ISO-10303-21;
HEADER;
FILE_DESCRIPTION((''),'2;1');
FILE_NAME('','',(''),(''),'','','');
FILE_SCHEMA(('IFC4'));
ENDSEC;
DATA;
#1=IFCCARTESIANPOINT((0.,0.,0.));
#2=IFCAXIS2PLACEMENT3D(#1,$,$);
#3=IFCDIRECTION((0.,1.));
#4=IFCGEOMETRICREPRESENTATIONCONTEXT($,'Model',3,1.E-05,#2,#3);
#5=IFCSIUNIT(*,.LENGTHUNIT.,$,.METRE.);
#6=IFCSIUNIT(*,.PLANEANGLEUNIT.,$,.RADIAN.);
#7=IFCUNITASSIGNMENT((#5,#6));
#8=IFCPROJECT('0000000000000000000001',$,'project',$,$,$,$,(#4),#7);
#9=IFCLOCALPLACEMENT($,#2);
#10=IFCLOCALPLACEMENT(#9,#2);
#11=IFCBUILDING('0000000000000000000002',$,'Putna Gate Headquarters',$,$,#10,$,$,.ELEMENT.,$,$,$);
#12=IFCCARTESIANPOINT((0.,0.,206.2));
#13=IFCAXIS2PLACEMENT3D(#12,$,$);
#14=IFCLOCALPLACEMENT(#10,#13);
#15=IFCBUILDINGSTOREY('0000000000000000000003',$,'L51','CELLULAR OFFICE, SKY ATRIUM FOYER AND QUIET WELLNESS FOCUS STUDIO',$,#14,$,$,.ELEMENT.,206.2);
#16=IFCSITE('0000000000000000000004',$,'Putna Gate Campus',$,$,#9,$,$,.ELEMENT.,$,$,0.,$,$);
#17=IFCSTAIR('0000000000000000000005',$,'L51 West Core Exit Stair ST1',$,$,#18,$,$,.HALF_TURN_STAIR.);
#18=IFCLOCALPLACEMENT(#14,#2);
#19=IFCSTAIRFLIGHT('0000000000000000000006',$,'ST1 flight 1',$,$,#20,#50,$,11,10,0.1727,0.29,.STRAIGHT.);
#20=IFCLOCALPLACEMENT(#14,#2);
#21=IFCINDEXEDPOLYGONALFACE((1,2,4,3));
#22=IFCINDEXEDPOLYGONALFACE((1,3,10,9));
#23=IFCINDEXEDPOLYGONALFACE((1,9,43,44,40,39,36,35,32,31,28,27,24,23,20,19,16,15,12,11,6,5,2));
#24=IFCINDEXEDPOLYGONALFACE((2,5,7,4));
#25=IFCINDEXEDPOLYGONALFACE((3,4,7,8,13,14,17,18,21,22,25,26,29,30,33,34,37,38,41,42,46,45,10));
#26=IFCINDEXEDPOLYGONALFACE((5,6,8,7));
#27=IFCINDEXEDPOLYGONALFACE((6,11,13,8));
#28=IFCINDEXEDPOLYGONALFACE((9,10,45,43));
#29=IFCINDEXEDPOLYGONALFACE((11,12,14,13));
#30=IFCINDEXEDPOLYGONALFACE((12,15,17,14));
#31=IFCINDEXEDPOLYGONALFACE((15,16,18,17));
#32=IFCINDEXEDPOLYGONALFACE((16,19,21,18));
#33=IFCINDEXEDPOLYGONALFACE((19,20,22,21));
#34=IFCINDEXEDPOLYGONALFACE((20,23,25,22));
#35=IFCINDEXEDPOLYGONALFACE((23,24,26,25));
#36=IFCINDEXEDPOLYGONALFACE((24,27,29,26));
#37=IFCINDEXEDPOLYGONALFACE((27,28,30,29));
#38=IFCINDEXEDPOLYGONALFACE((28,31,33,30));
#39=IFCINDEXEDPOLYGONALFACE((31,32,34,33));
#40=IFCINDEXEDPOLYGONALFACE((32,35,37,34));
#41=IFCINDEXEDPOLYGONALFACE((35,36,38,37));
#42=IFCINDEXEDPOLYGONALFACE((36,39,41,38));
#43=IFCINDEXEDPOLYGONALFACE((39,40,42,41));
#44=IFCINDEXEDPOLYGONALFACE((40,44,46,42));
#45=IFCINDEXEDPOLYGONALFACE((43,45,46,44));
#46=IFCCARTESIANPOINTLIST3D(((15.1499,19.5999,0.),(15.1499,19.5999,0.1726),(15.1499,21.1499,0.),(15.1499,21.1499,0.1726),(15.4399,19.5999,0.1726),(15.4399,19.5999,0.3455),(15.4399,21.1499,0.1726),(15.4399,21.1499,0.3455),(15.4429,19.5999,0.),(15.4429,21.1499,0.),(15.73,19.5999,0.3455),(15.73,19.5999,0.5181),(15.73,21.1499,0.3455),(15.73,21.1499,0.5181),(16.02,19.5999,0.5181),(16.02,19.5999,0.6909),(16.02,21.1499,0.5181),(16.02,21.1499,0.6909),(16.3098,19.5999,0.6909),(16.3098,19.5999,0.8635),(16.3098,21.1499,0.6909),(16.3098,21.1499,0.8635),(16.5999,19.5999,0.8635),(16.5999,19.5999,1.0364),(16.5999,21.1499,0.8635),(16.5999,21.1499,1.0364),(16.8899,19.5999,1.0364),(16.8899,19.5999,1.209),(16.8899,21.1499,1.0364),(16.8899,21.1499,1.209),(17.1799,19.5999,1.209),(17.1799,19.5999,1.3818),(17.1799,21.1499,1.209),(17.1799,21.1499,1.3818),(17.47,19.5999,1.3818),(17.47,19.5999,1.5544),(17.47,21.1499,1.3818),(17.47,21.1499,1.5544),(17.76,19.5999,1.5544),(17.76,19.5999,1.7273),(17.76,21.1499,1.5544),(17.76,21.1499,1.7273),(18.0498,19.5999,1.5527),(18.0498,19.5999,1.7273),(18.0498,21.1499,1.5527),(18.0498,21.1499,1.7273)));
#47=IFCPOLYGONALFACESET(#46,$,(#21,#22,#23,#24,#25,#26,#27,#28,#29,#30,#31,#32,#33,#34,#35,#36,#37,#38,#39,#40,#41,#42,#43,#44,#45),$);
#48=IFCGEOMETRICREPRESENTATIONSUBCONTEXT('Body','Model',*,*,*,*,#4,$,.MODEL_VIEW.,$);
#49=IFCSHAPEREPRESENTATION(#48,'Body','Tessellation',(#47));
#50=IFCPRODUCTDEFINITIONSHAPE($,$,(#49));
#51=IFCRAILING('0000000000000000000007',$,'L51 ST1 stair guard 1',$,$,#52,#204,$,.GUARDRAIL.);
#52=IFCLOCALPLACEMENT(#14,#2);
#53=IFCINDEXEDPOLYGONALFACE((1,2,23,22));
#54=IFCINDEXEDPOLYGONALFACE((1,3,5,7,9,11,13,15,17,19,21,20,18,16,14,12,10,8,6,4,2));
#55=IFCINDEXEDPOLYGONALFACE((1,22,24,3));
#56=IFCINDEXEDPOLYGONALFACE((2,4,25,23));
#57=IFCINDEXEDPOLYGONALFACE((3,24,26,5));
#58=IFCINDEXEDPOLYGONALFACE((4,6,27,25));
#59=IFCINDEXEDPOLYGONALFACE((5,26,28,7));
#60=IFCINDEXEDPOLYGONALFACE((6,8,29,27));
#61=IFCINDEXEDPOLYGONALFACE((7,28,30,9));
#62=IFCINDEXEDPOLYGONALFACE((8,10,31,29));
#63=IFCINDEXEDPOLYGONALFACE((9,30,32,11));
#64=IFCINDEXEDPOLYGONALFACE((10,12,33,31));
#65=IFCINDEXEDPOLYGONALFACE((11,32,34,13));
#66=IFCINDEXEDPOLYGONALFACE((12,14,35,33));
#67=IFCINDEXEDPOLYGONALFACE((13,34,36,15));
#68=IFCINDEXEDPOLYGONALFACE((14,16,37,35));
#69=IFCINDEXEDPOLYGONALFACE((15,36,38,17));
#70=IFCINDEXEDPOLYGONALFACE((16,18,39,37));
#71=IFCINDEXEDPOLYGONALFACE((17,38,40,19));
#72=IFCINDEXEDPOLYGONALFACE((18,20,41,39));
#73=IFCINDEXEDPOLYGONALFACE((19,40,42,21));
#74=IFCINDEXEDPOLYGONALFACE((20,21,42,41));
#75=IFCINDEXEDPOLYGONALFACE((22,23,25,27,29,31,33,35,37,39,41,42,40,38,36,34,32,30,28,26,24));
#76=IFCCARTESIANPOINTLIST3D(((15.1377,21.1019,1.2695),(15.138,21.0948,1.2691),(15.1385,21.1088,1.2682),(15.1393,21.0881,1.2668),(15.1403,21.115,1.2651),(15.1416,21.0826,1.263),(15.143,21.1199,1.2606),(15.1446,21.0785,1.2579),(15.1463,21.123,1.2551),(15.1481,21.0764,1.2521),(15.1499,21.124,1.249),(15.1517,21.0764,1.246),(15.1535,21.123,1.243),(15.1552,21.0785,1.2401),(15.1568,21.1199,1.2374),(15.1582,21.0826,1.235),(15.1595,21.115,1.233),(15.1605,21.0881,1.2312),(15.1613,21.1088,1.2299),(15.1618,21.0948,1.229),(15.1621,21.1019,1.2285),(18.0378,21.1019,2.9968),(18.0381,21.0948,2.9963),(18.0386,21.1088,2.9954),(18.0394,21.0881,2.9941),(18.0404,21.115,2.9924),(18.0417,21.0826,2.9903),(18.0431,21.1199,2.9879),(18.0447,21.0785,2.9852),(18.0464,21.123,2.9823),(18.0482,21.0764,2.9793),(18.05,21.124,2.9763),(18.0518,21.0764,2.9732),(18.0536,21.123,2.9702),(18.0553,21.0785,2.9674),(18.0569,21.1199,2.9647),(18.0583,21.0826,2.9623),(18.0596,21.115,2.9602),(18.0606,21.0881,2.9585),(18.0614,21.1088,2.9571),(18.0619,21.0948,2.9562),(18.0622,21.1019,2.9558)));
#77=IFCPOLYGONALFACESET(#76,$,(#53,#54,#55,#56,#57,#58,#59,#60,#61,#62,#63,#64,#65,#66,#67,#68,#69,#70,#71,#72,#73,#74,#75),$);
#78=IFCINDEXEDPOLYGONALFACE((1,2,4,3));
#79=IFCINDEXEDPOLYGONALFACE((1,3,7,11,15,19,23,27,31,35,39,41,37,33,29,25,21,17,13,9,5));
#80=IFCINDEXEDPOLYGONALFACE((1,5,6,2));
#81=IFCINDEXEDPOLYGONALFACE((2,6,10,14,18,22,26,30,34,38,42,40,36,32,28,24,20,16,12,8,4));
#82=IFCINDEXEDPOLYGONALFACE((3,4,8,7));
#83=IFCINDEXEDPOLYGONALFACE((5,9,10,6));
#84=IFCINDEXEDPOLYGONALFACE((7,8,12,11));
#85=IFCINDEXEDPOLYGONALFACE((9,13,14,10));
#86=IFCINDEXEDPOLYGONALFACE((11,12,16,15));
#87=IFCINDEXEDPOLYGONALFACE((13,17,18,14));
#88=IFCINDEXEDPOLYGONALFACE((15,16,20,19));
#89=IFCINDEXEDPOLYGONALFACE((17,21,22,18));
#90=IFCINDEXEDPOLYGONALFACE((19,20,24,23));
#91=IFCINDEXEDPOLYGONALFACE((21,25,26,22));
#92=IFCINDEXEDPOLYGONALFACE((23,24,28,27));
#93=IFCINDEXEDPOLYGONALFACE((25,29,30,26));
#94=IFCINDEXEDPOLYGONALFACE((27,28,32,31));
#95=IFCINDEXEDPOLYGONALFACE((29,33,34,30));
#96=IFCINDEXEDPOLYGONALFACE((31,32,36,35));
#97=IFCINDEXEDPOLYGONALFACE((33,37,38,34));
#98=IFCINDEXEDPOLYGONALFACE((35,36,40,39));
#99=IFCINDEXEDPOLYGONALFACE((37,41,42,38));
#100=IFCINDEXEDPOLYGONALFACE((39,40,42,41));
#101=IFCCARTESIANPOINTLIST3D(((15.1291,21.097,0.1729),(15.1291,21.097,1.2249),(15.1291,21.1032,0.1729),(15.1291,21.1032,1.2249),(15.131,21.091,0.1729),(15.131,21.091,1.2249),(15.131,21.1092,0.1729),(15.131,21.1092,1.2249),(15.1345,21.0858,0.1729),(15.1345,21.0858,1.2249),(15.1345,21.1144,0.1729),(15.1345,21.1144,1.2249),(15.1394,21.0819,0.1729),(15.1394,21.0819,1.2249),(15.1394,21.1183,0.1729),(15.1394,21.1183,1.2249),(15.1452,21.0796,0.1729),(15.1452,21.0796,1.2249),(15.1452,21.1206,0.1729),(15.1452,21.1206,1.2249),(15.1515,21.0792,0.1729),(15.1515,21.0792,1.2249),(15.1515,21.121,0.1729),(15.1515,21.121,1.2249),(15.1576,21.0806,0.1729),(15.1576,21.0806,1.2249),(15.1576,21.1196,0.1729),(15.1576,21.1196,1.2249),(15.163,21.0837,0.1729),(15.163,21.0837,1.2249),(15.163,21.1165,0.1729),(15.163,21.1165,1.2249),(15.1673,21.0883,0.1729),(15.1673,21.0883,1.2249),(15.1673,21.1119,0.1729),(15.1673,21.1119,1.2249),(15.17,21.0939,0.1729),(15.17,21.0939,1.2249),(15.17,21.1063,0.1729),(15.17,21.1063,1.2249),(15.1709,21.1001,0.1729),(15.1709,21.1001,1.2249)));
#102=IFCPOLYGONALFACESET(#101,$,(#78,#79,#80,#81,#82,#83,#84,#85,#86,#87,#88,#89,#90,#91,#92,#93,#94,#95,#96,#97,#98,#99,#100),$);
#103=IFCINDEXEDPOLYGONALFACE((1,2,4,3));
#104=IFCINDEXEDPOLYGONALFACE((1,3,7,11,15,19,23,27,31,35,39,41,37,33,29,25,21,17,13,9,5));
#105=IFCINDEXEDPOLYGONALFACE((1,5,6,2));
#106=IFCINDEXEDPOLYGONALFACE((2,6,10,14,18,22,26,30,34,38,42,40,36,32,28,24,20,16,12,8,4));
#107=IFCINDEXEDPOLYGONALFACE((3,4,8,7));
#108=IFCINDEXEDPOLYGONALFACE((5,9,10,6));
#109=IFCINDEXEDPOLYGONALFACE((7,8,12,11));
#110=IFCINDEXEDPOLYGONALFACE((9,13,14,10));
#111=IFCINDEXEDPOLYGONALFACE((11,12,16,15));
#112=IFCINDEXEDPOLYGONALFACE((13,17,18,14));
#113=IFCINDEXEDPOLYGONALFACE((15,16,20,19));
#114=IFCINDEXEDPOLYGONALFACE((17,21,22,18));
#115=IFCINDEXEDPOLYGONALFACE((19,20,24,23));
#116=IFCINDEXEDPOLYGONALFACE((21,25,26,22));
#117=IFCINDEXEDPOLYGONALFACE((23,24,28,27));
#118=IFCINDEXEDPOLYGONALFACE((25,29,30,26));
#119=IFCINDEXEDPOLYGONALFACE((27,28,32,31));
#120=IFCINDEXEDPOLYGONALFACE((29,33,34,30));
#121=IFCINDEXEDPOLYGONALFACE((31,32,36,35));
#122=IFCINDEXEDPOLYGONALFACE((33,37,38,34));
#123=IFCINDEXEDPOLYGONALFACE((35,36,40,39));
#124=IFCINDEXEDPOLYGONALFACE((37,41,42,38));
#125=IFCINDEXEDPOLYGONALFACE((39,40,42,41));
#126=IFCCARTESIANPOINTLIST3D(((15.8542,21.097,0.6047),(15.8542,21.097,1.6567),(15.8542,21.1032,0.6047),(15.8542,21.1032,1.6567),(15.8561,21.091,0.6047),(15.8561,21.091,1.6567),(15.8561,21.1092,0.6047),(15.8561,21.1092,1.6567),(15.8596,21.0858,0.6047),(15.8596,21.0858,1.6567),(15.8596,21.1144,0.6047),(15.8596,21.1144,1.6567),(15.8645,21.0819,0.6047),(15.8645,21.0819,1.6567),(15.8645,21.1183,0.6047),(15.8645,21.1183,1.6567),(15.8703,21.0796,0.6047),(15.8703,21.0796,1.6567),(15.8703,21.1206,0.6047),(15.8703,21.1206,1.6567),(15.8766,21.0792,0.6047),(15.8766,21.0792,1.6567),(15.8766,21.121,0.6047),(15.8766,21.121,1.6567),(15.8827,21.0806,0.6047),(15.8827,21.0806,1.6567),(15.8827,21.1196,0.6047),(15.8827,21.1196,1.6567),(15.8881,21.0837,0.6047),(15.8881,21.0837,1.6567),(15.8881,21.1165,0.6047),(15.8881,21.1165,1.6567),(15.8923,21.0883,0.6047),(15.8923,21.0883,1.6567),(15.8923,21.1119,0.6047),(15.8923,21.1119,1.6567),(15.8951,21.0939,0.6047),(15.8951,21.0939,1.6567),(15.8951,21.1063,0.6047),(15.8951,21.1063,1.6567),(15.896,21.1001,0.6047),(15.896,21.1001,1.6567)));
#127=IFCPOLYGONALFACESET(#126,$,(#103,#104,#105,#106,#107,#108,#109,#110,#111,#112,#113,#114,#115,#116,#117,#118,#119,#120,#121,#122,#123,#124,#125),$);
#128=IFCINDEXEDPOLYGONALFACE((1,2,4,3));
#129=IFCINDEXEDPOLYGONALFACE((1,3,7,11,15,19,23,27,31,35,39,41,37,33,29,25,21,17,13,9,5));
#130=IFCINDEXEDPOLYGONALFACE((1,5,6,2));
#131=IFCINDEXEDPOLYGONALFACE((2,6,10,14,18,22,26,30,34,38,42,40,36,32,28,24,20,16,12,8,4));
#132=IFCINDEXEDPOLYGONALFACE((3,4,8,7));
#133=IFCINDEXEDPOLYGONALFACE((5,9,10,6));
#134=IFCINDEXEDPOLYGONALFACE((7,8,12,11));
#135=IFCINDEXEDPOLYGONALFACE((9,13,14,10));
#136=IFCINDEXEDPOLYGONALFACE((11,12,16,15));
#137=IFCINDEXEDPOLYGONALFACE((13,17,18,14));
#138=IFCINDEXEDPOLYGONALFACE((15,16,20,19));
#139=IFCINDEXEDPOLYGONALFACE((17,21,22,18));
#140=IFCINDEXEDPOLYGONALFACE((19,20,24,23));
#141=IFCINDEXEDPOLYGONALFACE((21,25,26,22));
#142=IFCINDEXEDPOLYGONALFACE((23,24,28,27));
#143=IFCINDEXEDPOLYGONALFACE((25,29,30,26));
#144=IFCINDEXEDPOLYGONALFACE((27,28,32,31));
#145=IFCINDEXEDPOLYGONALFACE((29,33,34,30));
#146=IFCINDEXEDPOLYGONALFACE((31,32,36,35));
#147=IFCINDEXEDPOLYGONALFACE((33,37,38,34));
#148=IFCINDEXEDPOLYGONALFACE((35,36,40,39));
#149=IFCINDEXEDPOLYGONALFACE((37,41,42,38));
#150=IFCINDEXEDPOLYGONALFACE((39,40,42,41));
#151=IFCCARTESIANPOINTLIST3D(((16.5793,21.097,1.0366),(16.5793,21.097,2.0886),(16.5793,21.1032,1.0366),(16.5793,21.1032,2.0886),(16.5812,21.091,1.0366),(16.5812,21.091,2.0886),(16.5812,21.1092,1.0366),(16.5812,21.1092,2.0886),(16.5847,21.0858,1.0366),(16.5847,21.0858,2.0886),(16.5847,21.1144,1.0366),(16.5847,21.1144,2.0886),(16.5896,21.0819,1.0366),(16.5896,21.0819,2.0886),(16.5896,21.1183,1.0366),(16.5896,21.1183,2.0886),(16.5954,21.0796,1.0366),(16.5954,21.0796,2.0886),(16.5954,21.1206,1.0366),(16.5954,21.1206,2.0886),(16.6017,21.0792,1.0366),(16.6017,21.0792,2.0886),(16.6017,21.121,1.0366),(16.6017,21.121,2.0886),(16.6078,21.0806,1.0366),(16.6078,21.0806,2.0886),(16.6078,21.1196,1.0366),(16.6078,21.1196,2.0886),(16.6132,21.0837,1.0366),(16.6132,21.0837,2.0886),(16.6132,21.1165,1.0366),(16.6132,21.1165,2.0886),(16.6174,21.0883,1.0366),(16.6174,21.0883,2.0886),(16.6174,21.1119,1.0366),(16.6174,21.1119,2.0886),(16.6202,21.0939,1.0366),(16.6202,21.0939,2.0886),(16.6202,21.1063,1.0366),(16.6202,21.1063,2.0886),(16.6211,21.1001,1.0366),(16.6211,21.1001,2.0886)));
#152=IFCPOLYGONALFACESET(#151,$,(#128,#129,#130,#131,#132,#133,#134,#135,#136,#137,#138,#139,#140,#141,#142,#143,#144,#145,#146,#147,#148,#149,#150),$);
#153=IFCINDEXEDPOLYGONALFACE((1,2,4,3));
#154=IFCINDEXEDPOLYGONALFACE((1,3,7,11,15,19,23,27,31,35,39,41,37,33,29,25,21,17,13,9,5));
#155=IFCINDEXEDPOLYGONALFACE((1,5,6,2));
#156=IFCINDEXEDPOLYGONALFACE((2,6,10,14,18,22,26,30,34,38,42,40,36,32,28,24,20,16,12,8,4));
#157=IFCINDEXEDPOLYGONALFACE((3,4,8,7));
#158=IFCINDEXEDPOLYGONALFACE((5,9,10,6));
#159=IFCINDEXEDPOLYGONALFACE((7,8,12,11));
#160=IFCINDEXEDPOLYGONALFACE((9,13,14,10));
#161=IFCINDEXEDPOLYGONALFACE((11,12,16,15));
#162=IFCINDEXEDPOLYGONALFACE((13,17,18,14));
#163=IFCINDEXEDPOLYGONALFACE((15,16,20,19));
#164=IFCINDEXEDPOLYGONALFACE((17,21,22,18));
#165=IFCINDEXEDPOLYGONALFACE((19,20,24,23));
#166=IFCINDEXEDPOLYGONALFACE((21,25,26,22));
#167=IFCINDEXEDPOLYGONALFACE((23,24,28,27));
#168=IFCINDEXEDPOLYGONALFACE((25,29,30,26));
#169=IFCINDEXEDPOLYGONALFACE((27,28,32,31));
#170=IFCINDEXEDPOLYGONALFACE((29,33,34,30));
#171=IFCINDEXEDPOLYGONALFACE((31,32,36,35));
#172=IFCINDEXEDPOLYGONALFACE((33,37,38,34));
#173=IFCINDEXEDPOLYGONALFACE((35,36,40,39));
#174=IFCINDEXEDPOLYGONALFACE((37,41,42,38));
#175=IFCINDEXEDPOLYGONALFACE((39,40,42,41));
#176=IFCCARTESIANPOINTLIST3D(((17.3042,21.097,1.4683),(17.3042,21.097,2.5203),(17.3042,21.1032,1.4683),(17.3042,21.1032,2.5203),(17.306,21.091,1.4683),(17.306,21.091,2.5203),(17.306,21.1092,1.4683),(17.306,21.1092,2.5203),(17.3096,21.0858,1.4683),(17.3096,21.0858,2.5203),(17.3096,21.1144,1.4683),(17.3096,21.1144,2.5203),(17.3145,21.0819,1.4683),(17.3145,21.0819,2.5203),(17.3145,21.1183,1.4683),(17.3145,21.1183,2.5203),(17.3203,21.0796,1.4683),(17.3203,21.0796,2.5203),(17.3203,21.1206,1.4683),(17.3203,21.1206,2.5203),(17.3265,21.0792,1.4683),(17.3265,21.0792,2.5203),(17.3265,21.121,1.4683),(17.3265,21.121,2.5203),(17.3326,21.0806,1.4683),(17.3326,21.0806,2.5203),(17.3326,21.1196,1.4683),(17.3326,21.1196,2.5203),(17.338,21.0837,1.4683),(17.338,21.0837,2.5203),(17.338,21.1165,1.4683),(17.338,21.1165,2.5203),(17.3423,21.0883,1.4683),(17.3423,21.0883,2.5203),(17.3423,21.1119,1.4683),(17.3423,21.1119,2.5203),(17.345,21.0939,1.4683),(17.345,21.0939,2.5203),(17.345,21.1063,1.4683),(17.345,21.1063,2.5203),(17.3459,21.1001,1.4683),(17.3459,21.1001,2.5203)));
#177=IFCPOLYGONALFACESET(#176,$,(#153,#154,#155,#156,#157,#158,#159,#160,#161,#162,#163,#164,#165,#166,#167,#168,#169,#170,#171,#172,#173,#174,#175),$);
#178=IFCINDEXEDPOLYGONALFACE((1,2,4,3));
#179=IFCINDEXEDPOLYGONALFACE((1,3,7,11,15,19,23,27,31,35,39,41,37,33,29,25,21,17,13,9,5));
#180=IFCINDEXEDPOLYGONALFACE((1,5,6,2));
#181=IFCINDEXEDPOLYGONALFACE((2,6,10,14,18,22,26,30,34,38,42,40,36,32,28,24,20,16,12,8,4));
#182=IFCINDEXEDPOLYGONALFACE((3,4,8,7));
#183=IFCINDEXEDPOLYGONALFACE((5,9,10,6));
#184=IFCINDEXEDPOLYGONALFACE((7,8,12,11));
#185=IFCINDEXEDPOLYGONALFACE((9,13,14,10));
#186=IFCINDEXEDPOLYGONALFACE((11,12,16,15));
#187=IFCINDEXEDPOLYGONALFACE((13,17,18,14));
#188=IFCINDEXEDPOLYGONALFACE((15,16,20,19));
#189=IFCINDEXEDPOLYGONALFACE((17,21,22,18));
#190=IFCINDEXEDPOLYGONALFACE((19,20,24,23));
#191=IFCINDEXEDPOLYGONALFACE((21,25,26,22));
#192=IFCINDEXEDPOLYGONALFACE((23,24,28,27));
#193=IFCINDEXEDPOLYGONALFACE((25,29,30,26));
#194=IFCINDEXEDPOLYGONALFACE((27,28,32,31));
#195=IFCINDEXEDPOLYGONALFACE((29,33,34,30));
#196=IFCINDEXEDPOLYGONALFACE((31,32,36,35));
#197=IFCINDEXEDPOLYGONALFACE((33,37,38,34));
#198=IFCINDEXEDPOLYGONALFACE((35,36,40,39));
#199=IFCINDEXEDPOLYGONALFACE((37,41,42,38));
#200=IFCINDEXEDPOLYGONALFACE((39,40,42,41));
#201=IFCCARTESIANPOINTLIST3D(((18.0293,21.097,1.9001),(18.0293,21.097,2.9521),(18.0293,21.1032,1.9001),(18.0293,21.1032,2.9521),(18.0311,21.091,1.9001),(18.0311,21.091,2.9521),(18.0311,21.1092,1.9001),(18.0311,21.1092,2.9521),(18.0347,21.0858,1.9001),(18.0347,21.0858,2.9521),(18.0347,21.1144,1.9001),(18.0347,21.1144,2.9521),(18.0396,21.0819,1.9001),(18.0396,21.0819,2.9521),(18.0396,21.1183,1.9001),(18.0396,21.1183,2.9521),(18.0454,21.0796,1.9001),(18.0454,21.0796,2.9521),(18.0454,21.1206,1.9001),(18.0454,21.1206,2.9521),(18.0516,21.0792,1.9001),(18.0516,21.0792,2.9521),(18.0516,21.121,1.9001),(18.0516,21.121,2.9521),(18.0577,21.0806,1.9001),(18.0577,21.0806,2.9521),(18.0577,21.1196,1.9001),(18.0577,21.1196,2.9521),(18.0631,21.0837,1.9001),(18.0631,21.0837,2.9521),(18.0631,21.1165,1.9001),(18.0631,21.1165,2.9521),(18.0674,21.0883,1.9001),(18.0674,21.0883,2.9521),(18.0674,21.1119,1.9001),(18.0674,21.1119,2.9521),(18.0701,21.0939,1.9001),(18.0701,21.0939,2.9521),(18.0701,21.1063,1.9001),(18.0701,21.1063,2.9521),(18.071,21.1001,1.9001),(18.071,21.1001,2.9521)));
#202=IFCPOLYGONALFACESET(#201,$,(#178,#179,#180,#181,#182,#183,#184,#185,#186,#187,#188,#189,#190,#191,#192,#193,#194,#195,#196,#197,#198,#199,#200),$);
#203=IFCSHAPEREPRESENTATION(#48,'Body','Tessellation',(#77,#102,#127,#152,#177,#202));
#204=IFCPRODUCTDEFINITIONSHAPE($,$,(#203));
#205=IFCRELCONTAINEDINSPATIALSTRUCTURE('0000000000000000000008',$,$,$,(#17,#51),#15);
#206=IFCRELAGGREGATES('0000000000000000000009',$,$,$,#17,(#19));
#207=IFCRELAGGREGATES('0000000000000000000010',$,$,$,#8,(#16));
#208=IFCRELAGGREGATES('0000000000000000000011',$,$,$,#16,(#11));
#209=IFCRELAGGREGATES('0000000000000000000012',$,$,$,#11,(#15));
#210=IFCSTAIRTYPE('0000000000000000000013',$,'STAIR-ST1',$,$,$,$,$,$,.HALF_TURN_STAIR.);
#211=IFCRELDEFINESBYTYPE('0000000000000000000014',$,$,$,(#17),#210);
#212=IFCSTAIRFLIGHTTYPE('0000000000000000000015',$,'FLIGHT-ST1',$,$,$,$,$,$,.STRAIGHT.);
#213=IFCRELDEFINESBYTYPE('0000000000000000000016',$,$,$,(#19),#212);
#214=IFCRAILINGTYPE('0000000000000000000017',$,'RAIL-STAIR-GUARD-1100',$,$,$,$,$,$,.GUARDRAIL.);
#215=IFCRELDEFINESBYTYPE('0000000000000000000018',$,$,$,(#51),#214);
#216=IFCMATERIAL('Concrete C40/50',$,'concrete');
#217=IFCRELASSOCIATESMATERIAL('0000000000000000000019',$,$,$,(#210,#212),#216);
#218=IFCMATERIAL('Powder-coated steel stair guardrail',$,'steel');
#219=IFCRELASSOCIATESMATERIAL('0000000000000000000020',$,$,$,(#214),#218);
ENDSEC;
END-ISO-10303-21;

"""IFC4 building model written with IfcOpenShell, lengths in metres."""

from ifc_helpers import new_model, si_unit, direction, frame, origin, origin_2d, place, context, subcontext, project, spatial, polyline, circle, outline, extrude, material, type_object, element, aggregate, save


model = new_model("IFC4")

# Units and contexts
model_context = context("Model", 3, precision=1e-05, world=origin(), true_north=direction((0.0, 1.0)))
body_context = subcontext(model_context, "Body", "Model", "MODEL_VIEW")
ifc_project = project(units=[si_unit("LENGTHUNIT", "METRE"), si_unit("PLANEANGLEUNIT", "RADIAN")], contexts=[model_context])

# Site, building, storey
site_placement = place(None, origin())
site = spatial("IfcSite", under=ifc_project, at=site_placement, Name="Putna Gate Campus", CompositionType="ELEMENT", RefElevation=0.0)
building_placement = place(site_placement, origin())
building = spatial("IfcBuilding", under=site, at=building_placement, Name="Putna Gate Headquarters", CompositionType="ELEMENT")
storey_placement = place(building_placement, frame((0.0, 0.0, 206.2)))
storey = spatial("IfcBuildingStorey", under=building, at=storey_placement, Name="L51", Description="CELLULAR OFFICE, SKY ATRIUM FOYER AND QUIET WELLNESS FOCUS STUDIO", CompositionType="ELEMENT", Elevation=206.2)

# Shared definitions
ifc_material_1 = material(Name="Concrete C40/50", Category="concrete")

# Stair, stair flight
stair_type = type_object("IfcStairType", Name="STAIR-ST1", PredefinedType="HALF_TURN_STAIR", material=ifc_material_1)
stair_placement = place(storey_placement, origin())
stair = element("IfcStair", 1, at=stair_placement, inside=storey, type_object=stair_type, Name="L51 West Core Exit Stair ST1", PredefinedType="HALF_TURN_STAIR")
stair_flight_type = type_object("IfcStairFlightType", Name="FLIGHT-ST1", PredefinedType="STRAIGHT", material=ifc_material_1)
stair_flight_placement = place(storey_placement, frame((15.1499, 20.375, 0.0), z_axis=(0.0, 0.0, 1.0), x_axis=(1.0, 0.0, 0.0)))
stair_flight = element("IfcStairFlight", 2, at=stair_flight_placement, type_object=stair_flight_type, Name="ST1 flight 1", NumberOfRisers=11, NumberOfTreads=10, PredefinedType="STRAIGHT", RiserHeight=0.1727, TreadLength=0.29, context=body_context, shape_type="SweptSolid", body=[
    extrude(outline(polyline([(0.0, 0.0), (0.0, 0.1726), (0.29, 0.1726), (0.29, 0.3455), (0.5801, 0.3455), (0.5801, 0.5181), (0.8701, 0.5181), (0.8701, 0.6909), (1.1599, 0.6909), (1.1599, 0.8635), (1.45, 0.8635), (1.45, 1.0364), (1.74, 1.0364), (1.74, 1.209), (2.03, 1.209), (2.03, 1.3818), (2.3201, 1.3818), (2.3201, 1.5544), (2.6101, 1.5544), (2.6101, 1.7273), (2.8999, 1.7273), (2.8999, 1.8999), (2.8999, 1.5527), (0.293, 0.0), (0.0, 0.0)])), frame((0.0, 0.7749, 0.0), z_axis=(0.0, -1.0, 0.0), x_axis=(1.0, 0.0, 0.0)), (0.0, 0.0, 1.0), 1.55),
])
aggregate(stair, [stair_flight])

# Railing
ifc_material_2 = material(Name="Powder-coated steel stair guardrail", Category="steel")
railing_type_1 = type_object("IfcRailingType", Name="RAIL-STAIR-GUARD-1100", PredefinedType="GUARDRAIL", material=ifc_material_2)
railing_1_placement = place(storey_placement, frame((15.1499, 21.1001, 0.1729)))
element("IfcRailing", 3, at=railing_1_placement, inside=storey, type_object=railing_type_1, Name="L51 ST1 stair guard 1", PredefinedType="GUARDRAIL", context=body_context, shape_type="SweptSolid", body=[
    extrude(circle(Radius=0.0239, at=origin_2d()), frame((0.0, 0.0, 1.0762), z_axis=(0.85916, 0.0, 0.511706), x_axis=(0.0, 1.0, 0.0)), (0.0, 0.0, 1.0), 3.3755),
    extrude(circle(Radius=0.021, at=origin_2d()), origin(), (0.0, 0.0, 1.0), 1.052),
    extrude(circle(Radius=0.021, at=origin_2d()), frame((0.7251, 0.0, 0.4319)), (0.0, 0.0, 1.0), 1.052),
    extrude(circle(Radius=0.021, at=origin_2d()), frame((1.4502, 0.0, 0.8638)), (0.0, 0.0, 1.0), 1.052),
    extrude(circle(Radius=0.021, at=origin_2d()), frame((2.175, 0.0, 1.2954)), (0.0, 0.0, 1.0), 1.052),
    extrude(circle(Radius=0.021, at=origin_2d()), frame((2.9001, 0.0, 1.7273)), (0.0, 0.0, 1.0), 1.052),
])

save(model, "model.ifc")
